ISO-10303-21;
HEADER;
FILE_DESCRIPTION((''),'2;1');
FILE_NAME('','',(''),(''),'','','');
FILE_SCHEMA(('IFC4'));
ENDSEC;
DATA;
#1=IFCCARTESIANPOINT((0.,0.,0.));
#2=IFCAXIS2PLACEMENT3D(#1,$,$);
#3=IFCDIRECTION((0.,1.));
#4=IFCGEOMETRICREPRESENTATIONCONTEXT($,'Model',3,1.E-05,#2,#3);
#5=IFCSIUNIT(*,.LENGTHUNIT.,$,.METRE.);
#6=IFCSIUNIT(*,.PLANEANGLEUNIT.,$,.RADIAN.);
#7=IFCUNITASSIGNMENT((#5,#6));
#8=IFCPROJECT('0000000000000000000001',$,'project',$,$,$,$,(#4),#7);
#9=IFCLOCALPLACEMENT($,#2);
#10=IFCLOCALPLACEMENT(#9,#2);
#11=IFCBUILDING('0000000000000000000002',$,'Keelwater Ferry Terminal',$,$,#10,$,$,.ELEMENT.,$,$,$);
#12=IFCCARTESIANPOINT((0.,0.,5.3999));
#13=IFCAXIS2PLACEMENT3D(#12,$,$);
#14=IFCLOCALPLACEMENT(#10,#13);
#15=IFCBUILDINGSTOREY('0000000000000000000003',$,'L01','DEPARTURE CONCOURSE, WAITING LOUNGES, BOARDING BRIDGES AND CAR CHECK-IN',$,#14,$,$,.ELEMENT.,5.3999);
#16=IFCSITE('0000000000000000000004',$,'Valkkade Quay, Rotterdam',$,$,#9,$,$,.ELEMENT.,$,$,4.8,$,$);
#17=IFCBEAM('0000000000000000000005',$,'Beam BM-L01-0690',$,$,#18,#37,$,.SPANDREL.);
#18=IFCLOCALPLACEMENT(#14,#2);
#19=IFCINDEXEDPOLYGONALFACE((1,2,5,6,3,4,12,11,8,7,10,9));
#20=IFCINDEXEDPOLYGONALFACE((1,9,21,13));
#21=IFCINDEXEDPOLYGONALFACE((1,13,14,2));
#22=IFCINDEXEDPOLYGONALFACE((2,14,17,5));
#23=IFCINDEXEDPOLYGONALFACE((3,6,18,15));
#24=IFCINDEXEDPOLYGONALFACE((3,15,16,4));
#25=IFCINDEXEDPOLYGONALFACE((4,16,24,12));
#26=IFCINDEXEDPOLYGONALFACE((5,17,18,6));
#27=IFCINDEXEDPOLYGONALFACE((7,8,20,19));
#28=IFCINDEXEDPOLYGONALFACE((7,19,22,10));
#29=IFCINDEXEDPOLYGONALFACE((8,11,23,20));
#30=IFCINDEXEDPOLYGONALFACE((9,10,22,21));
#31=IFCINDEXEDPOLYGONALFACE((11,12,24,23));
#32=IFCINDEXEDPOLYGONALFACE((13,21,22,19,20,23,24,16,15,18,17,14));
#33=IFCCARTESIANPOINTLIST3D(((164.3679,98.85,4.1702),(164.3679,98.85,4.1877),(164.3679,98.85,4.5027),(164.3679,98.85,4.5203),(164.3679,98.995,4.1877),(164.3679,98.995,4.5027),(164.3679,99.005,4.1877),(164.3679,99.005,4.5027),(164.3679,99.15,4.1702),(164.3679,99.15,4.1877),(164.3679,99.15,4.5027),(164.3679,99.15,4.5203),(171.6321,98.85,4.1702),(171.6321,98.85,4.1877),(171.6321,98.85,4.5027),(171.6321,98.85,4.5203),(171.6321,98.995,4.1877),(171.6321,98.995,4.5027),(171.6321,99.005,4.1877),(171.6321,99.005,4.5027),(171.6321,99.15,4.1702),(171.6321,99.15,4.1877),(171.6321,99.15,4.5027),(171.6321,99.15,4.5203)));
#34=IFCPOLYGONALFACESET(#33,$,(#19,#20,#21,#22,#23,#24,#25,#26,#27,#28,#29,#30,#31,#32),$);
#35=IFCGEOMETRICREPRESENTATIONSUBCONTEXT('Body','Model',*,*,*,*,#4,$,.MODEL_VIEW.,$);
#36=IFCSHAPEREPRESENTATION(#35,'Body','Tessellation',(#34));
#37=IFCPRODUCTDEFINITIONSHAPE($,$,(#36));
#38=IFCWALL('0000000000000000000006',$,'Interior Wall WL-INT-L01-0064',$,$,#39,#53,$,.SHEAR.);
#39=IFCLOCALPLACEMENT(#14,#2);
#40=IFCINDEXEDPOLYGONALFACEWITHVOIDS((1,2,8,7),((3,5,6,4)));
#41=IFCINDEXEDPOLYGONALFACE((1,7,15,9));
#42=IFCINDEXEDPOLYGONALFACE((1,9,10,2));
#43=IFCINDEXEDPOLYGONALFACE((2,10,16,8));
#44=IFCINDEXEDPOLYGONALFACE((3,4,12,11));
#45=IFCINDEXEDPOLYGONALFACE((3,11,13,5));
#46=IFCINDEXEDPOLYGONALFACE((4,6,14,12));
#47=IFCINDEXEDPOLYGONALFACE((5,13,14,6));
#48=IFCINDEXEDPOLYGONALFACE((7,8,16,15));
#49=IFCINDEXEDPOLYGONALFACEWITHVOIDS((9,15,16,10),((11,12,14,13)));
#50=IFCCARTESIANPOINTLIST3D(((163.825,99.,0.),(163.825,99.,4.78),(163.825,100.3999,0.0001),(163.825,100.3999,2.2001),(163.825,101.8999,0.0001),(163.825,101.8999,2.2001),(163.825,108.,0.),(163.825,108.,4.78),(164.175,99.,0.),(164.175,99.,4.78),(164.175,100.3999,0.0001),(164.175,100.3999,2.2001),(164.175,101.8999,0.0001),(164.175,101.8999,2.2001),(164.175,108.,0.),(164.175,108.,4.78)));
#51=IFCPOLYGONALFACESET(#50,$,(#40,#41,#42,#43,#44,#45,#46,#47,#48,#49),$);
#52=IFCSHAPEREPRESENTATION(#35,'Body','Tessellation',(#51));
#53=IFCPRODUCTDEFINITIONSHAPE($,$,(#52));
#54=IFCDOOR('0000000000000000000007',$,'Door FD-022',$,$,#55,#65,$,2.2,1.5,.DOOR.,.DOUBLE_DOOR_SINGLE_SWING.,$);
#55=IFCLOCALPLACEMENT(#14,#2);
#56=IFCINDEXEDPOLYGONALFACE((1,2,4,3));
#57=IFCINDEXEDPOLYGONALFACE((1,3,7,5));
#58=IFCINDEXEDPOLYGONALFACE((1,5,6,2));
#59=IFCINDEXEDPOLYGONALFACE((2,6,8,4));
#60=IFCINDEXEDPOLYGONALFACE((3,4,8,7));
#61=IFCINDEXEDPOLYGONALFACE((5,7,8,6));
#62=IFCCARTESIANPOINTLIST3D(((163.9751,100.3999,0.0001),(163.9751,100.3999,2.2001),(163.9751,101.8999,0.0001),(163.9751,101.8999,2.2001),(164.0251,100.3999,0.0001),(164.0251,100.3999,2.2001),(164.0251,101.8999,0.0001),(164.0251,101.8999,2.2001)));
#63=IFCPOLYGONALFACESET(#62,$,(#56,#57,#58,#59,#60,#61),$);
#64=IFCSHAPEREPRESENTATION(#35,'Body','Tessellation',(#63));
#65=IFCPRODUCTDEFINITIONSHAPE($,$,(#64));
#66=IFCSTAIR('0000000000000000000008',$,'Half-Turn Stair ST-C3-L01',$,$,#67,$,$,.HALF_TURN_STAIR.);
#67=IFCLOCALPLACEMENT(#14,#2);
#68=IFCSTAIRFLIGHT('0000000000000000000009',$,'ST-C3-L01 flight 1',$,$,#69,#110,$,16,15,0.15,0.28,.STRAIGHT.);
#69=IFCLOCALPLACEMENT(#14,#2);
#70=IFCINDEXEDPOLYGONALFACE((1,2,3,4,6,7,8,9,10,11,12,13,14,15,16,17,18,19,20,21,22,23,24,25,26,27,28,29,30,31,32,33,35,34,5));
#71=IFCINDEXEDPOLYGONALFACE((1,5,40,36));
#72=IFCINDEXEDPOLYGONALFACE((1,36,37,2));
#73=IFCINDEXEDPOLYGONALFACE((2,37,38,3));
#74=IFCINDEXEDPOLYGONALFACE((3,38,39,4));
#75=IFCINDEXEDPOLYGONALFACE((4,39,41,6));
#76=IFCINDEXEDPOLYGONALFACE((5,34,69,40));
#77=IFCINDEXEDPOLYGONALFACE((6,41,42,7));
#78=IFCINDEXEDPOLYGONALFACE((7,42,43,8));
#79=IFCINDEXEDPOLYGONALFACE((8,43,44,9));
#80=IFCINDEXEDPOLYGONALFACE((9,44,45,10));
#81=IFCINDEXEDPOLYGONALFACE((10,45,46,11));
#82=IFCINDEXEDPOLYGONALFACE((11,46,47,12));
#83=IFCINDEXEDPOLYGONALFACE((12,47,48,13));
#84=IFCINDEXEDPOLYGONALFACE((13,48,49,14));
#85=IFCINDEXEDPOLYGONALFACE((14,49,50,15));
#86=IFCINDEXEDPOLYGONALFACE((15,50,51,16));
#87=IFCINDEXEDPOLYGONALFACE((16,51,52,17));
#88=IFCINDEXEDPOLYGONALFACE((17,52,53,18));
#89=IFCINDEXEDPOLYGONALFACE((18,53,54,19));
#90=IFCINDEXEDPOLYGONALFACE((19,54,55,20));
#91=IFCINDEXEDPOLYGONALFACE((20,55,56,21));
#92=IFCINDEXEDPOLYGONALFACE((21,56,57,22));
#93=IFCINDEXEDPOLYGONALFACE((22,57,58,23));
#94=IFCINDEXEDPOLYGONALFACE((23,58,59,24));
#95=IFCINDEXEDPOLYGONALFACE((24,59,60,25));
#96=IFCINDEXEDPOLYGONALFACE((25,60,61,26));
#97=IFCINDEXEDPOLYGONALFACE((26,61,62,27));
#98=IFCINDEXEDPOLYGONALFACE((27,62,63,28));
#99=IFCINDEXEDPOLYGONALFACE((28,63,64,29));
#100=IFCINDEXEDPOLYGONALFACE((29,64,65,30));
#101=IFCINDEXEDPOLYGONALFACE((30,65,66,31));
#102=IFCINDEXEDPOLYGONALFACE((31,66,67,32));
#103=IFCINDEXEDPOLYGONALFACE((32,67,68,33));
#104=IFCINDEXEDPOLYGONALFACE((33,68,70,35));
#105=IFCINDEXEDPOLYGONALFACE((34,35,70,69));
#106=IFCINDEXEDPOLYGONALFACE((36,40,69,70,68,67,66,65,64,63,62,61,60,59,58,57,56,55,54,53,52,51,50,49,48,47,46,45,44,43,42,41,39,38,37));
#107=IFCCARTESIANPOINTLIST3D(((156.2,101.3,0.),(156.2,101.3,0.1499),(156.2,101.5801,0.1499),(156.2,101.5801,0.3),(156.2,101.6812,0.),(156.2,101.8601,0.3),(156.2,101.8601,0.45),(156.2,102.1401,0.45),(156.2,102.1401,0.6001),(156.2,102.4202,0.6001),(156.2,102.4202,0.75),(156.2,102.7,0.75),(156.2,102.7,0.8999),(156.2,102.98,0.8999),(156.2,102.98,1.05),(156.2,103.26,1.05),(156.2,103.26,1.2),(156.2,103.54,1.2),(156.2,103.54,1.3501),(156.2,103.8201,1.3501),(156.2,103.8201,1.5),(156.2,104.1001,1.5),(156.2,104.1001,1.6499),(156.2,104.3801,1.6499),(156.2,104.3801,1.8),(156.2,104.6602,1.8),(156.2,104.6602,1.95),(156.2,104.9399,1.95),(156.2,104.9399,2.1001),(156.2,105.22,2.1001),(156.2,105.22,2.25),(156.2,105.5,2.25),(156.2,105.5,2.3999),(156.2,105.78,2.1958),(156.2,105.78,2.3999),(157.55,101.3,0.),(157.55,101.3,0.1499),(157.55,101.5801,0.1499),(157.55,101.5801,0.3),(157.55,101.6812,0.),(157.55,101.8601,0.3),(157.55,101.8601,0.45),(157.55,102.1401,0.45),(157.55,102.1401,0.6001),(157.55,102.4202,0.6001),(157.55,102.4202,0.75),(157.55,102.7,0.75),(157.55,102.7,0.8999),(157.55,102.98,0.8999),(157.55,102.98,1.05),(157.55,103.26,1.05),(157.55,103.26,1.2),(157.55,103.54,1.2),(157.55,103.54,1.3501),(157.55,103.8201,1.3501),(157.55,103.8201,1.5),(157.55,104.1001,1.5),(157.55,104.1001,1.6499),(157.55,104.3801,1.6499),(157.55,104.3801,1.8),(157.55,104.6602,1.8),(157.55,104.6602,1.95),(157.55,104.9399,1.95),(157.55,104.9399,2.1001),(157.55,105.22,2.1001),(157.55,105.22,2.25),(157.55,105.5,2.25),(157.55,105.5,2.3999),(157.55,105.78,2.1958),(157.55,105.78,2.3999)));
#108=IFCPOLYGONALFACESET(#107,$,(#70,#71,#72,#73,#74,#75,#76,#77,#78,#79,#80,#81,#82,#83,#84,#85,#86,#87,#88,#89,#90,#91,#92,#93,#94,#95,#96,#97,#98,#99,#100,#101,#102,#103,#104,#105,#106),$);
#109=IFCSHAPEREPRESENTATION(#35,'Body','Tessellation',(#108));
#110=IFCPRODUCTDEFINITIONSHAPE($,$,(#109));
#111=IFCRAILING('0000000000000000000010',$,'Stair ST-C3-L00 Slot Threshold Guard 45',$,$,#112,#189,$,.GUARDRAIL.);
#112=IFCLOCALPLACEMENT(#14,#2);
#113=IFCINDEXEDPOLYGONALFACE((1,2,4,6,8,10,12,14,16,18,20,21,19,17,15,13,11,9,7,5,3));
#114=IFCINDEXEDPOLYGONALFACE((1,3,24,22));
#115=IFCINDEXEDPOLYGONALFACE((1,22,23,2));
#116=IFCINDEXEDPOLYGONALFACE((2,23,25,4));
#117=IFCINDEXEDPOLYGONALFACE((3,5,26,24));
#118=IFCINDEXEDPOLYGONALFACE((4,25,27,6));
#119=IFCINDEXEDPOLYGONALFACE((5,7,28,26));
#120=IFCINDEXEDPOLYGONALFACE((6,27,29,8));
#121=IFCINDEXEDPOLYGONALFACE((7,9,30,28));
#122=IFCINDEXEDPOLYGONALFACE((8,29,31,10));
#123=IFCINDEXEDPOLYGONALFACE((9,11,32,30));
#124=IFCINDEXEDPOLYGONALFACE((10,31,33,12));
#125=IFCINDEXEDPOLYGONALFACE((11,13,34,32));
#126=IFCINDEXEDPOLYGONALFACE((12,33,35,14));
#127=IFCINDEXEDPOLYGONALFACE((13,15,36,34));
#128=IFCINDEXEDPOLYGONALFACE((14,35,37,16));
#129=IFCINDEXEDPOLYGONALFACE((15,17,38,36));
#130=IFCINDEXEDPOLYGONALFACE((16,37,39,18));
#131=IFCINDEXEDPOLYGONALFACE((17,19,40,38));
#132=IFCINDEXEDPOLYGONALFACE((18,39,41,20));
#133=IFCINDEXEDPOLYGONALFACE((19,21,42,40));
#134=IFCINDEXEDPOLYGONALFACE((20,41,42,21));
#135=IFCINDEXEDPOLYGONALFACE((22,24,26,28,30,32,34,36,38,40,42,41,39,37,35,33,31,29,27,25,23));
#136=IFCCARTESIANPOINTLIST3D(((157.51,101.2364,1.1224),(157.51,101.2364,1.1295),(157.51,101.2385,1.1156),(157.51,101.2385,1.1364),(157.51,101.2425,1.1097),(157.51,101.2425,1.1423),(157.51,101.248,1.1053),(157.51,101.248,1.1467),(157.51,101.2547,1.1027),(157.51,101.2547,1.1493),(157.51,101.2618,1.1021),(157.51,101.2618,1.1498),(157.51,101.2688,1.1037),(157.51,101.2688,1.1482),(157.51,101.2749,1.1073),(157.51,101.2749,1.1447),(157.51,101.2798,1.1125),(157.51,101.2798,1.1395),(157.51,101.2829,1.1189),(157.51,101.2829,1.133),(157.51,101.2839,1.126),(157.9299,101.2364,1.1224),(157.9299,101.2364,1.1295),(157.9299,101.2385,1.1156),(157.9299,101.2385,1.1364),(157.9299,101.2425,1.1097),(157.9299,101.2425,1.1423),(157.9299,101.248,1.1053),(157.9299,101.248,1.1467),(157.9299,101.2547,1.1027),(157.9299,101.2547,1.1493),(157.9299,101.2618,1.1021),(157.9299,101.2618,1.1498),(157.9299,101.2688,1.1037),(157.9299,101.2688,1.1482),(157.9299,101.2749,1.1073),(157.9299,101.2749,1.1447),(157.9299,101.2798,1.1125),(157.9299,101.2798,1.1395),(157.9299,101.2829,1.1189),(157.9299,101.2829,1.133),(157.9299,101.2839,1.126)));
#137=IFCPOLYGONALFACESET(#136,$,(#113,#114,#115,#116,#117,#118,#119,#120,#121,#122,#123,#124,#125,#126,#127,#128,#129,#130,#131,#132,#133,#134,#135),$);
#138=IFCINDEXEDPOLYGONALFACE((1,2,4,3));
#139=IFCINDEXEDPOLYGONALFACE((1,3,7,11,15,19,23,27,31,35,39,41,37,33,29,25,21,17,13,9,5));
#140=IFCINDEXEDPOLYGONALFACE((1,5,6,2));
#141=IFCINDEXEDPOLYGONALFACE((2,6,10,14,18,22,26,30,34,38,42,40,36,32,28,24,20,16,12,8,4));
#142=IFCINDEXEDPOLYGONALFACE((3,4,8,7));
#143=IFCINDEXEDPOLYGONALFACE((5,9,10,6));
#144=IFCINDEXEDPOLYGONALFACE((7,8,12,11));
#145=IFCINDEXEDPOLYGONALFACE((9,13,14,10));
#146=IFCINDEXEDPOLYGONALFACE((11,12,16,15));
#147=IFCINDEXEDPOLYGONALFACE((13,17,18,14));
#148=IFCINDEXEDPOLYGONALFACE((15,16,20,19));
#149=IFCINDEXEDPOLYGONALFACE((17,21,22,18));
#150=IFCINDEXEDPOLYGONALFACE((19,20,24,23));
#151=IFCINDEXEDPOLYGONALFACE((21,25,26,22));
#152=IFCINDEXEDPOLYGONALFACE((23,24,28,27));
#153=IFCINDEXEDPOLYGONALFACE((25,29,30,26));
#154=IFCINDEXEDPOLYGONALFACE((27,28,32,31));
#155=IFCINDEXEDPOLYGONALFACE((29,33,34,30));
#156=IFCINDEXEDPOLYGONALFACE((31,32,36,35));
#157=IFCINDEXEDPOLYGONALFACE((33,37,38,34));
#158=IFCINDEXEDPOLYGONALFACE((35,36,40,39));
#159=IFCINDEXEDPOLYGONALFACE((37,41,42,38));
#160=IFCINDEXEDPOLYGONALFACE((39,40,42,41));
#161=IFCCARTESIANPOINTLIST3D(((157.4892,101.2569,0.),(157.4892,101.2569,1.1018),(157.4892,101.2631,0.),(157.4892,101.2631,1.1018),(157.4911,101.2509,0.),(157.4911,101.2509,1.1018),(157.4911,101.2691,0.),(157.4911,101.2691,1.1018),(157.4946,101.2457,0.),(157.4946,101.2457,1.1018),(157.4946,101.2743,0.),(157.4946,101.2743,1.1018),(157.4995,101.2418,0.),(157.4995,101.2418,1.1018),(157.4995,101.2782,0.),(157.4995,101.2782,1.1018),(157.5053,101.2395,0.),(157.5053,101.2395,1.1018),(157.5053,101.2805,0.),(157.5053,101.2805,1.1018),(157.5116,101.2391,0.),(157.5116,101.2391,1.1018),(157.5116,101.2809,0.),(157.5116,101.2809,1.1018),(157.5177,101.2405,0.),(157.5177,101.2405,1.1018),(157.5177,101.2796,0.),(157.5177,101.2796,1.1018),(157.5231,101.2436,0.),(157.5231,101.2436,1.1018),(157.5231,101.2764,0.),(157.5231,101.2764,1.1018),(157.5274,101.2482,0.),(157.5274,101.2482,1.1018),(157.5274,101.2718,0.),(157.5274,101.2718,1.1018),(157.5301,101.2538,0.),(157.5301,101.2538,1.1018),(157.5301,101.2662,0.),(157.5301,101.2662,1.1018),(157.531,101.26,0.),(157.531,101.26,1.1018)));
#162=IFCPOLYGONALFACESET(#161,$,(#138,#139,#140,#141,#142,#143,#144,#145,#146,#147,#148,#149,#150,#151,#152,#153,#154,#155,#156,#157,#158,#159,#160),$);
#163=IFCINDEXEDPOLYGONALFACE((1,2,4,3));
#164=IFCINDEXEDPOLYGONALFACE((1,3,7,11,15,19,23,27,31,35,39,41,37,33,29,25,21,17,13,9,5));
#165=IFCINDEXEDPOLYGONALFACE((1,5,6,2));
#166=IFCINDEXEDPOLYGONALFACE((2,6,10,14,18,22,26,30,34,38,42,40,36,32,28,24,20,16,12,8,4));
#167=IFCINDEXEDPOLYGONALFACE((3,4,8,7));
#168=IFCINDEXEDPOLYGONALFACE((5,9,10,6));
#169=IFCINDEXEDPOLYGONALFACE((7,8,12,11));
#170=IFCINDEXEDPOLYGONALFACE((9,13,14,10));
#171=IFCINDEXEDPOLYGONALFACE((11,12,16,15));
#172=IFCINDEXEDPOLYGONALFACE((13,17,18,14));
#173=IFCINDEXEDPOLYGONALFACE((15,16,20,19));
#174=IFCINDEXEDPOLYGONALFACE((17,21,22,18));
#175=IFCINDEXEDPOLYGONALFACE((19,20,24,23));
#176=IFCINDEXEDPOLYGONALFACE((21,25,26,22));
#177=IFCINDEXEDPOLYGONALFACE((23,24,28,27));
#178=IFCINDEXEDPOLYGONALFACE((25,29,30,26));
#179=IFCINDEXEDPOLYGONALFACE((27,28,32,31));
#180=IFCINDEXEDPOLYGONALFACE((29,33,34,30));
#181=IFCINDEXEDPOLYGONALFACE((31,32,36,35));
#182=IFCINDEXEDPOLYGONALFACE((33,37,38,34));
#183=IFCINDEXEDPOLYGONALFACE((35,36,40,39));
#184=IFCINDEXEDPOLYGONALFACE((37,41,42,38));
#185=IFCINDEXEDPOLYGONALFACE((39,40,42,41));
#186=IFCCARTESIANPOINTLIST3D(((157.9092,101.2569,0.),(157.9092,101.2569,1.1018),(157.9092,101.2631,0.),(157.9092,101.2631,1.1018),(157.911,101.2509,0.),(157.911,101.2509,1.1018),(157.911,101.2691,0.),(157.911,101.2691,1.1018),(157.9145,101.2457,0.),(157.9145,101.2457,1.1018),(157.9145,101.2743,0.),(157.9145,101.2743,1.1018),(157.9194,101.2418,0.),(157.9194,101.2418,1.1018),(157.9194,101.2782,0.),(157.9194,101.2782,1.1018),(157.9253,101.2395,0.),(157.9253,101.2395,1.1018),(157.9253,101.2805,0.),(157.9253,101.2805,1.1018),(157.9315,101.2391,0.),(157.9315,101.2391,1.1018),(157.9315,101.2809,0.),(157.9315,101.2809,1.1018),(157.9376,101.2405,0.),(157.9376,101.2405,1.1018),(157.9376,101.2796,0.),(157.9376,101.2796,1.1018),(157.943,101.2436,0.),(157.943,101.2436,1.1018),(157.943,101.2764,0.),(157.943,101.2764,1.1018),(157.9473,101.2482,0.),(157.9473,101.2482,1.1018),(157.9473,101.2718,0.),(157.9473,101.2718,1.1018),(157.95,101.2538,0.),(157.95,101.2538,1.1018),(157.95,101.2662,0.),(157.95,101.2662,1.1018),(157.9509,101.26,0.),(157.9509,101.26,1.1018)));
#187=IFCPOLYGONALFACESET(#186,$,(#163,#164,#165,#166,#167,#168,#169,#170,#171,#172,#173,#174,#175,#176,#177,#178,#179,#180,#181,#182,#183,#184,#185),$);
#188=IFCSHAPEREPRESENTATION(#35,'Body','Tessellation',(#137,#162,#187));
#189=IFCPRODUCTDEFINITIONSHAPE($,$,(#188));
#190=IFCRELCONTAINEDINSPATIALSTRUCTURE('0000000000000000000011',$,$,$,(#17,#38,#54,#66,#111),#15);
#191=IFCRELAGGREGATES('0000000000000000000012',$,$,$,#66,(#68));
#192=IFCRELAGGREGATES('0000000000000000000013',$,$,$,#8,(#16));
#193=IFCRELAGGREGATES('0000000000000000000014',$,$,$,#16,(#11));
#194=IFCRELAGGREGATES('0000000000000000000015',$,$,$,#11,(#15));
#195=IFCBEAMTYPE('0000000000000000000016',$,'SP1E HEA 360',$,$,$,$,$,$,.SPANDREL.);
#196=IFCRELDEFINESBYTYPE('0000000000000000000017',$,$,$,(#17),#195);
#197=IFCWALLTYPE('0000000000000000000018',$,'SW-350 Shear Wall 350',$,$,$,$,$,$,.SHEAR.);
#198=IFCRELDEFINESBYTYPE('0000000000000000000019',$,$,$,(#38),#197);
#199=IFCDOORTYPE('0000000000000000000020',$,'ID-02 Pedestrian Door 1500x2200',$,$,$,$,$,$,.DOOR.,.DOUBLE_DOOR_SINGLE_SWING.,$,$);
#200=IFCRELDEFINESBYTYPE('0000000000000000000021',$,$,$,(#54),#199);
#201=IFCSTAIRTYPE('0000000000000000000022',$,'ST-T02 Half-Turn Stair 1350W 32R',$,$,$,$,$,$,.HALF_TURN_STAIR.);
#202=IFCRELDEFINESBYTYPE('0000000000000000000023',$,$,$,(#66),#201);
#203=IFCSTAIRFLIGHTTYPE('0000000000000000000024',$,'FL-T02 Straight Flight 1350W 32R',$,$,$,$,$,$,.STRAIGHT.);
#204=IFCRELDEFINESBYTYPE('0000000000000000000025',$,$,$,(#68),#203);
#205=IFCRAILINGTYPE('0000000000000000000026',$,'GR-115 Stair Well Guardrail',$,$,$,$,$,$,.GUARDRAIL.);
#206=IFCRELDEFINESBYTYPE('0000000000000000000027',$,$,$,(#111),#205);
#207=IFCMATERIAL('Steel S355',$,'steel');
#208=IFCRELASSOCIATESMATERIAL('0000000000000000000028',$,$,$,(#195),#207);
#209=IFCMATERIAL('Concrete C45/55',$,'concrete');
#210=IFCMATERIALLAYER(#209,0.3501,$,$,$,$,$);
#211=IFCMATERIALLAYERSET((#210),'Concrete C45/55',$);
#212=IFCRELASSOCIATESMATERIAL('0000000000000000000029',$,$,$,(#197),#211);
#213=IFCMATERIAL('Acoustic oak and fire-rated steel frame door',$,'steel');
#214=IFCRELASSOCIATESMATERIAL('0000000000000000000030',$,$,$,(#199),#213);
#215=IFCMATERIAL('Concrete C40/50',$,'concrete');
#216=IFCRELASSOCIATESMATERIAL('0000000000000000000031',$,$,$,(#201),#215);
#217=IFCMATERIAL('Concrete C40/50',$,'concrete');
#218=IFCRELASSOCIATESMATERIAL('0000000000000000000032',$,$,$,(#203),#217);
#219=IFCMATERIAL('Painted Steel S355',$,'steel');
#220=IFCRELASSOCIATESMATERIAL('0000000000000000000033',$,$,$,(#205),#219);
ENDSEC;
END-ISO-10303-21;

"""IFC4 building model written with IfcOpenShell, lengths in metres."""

from ifc_helpers import new_model, si_unit, direction, frame, frame_2d, origin, origin_2d, place, context, subcontext, project, spatial, polyline, rectangle, circle, i_section, outline, extrude, material, layer, layer_set, material_profile, profile_set, type_object, element, fill, aggregate, save


model = new_model("IFC4")

# Units and contexts
model_context = context("Model", 3, precision=1e-05, world=origin(), true_north=direction((0.0, 1.0)))
body_context = subcontext(model_context, "Body", "Model", "MODEL_VIEW")
ifc_project = project(units=[si_unit("LENGTHUNIT", "METRE"), si_unit("PLANEANGLEUNIT", "RADIAN")], contexts=[model_context])

# Site, building, storey
site_placement = place(None, origin())
site = spatial("IfcSite", under=ifc_project, at=site_placement, Name="Valkkade Quay, Rotterdam", CompositionType="ELEMENT", RefElevation=4.8)
building_placement = place(site_placement, origin())
building = spatial("IfcBuilding", under=site, at=building_placement, Name="Keelwater Ferry Terminal", CompositionType="ELEMENT")
storey_placement = place(building_placement, frame((0.0, 0.0, 5.3999)))
storey = spatial("IfcBuildingStorey", under=building, at=storey_placement, Name="L01", Description="DEPARTURE CONCOURSE, WAITING LOUNGES, BOARDING BRIDGES AND CAR CHECK-IN", CompositionType="ELEMENT", Elevation=5.3999)

# Beam
ifc_material_1 = material(Name="Steel S355", Category="steel")
ifc_material_profile_1 = material_profile(ifc_material_1, i_section(OverallWidth=0.3, OverallDepth=0.3501, WebThickness=0.01, FlangeThickness=0.0176, at=origin_2d()), Name="HEA 360")
ifc_profile_set_1 = profile_set([ifc_material_profile_1], Name="Steel S355")
beam_type_1 = type_object("IfcBeamType", Name="SP1E HEA 360", PredefinedType="SPANDREL", material=ifc_profile_set_1)
for number, where, z_axis, x_axis, name in (
    (1, (164.3679, 99.0, 4.3452), (1.0, 0.0, 0.0), (0.0, 1.0, 0.0), "Beam BM-L01-0690"),
):
    element("IfcBeam", number, at=place(storey_placement, frame(where, z_axis=z_axis, x_axis=x_axis)), inside=storey, type_object=beam_type_1, Name=name, PredefinedType="SPANDREL", context=body_context, shape_type="SweptSolid", body=[
        extrude(i_section(OverallWidth=0.3, OverallDepth=0.3501, WebThickness=0.01, FlangeThickness=0.0176, at=origin_2d()), origin(), (0.0, 0.0, 1.0), 7.2642),
    ])

# Wall, opening, door
ifc_material_2 = material(Name="Concrete C45/55", Category="concrete")
ifc_layer = layer(ifc_material_2, 0.3501)
ifc_layer_set = layer_set([ifc_layer], Name="Concrete C45/55")
wall_type = type_object("IfcWallType", Name="SW-350 Shear Wall 350", PredefinedType="SHEAR", material=ifc_layer_set)
wall_placement = place(storey_placement, frame((164.0, 99.0, 0.0), z_axis=(0.0, 0.0, 1.0), x_axis=(0.0, 1.0, 0.0)))
wall = element("IfcWall", 2, at=wall_placement, inside=storey, type_object=wall_type, Name="Interior Wall WL-INT-L01-0064", PredefinedType="SHEAR", context=body_context, shape_type="SweptSolid", body=[
    extrude(rectangle(XDim=9.0, YDim=0.3501, at=frame_2d((4.5, 0.0))), origin(), (0.0, 0.0, 1.0), 4.78),
])
opening_placement = place(wall_placement, frame((1.3999, 0.0, 0.0)))
opening = element("IfcOpeningElement", 3, at=opening_placement, cuts=wall, PredefinedType="OPENING", context=body_context, shape_type="SweptSolid", body=[
    extrude(rectangle(XDim=1.5, YDim=2.2, at=frame_2d((0.75, 1.1001))), frame((0.0, 0.1851, 0.0), z_axis=(0.0, -1.0, 0.0), x_axis=(1.0, 0.0, 0.0)), (0.0, 0.0, 1.0), 0.3701),
])
ifc_material_3 = material(Name="Acoustic oak and fire-rated steel frame door", Category="steel")
door_type = type_object("IfcDoorType", Name="ID-02 Pedestrian Door 1500x2200", OperationType="DOUBLE_DOOR_SINGLE_SWING", PredefinedType="DOOR", material=ifc_material_3)
door_placement = place(opening_placement, origin())
door = element("IfcDoor", 4, at=door_placement, inside=storey, type_object=door_type, Name="Door FD-022", OperationType="DOUBLE_DOOR_SINGLE_SWING", OverallHeight=2.2, OverallWidth=1.5, PredefinedType="DOOR", context=body_context, shape_type="SweptSolid", body=[
    extrude(rectangle(XDim=1.5, YDim=2.2, at=frame_2d((0.75, 1.1001))), frame((0.0, 0.0249, 0.0), z_axis=(0.0, -1.0, 0.0), x_axis=(1.0, 0.0, 0.0)), (0.0, 0.0, 1.0), 0.05),
])
fill(opening, door)

# Stair, stair flight
ifc_material_4 = material(Name="Concrete C40/50", Category="concrete")
stair_type = type_object("IfcStairType", Name="ST-T02 Half-Turn Stair 1350W 32R", PredefinedType="HALF_TURN_STAIR", material=ifc_material_4)
stair_placement = place(storey_placement, origin())
stair = element("IfcStair", 5, at=stair_placement, inside=storey, type_object=stair_type, Name="Half-Turn Stair ST-C3-L01", PredefinedType="HALF_TURN_STAIR")
ifc_material_5 = material(Name="Concrete C40/50", Category="concrete")
stair_flight_type = type_object("IfcStairFlightType", Name="FL-T02 Straight Flight 1350W 32R", PredefinedType="STRAIGHT", material=ifc_material_5)
stair_flight_placement = place(storey_placement, frame((156.875, 101.3, 0.0), z_axis=(0.0, 0.0, 1.0), x_axis=(0.0, 1.0, 0.0)))
stair_flight = element("IfcStairFlight", 6, at=stair_flight_placement, type_object=stair_flight_type, Name="ST-C3-L01 flight 1", NumberOfRisers=16, NumberOfTreads=15, PredefinedType="STRAIGHT", RiserHeight=0.15, TreadLength=0.28, context=body_context, shape_type="SweptSolid", body=[
    extrude(outline(polyline([(0.0, 0.0), (0.0, 0.1499), (0.28, 0.1499), (0.28, 0.3), (0.5601, 0.3), (0.5601, 0.45), (0.8401, 0.45), (0.8401, 0.6001), (1.1201, 0.6001), (1.1201, 0.75), (1.3999, 0.75), (1.3999, 0.8999), (1.6799, 0.8999), (1.6799, 1.05), (1.96, 1.05), (1.96, 1.2), (2.24, 1.2), (2.24, 1.3501), (2.52, 1.3501), (2.52, 1.5), (2.8, 1.5), (2.8, 1.6499), (3.0801, 1.6499), (3.0801, 1.8), (3.3601, 1.8), (3.3601, 1.95), (3.6399, 1.95), (3.6399, 2.1001), (3.9199, 2.1001), (3.9199, 2.25), (4.2, 2.25), (4.2, 2.3999), (4.48, 2.3999), (4.48, 2.1958), (0.3811, 0.0), (0.0, 0.0)])), frame((0.0, 0.675, 0.0), z_axis=(0.0, -1.0, 0.0), x_axis=(1.0, 0.0, 0.0)), (0.0, 0.0, 1.0), 1.3501),
])
aggregate(stair, [stair_flight])

# Railing
ifc_material_6 = material(Name="Painted Steel S355", Category="steel")
railing_type_1 = type_object("IfcRailingType", Name="GR-115 Stair Well Guardrail", PredefinedType="GUARDRAIL", material=ifc_material_6)
railing_1_placement = place(storey_placement, frame((157.51, 101.26, 0.0)))
element("IfcRailing", 7, at=railing_1_placement, inside=storey, type_object=railing_type_1, Name="Stair ST-C3-L00 Slot Threshold Guard 45", PredefinedType="GUARDRAIL", context=body_context, shape_type="SweptSolid", body=[
    extrude(circle(Radius=0.0239, at=origin_2d()), frame((0.0, 0.0, 1.126), z_axis=(1.0, 0.0, 0.0), x_axis=(0.0, 1.0, 0.0)), (0.0, 0.0, 1.0), 0.4199),
    extrude(circle(Radius=0.021, at=origin_2d()), origin(), (0.0, 0.0, 1.0), 1.1018),
    extrude(circle(Radius=0.021, at=origin_2d()), frame((0.4199, 0.0, 0.0)), (0.0, 0.0, 1.0), 1.1018),
])

save(model, "model.ifc")
